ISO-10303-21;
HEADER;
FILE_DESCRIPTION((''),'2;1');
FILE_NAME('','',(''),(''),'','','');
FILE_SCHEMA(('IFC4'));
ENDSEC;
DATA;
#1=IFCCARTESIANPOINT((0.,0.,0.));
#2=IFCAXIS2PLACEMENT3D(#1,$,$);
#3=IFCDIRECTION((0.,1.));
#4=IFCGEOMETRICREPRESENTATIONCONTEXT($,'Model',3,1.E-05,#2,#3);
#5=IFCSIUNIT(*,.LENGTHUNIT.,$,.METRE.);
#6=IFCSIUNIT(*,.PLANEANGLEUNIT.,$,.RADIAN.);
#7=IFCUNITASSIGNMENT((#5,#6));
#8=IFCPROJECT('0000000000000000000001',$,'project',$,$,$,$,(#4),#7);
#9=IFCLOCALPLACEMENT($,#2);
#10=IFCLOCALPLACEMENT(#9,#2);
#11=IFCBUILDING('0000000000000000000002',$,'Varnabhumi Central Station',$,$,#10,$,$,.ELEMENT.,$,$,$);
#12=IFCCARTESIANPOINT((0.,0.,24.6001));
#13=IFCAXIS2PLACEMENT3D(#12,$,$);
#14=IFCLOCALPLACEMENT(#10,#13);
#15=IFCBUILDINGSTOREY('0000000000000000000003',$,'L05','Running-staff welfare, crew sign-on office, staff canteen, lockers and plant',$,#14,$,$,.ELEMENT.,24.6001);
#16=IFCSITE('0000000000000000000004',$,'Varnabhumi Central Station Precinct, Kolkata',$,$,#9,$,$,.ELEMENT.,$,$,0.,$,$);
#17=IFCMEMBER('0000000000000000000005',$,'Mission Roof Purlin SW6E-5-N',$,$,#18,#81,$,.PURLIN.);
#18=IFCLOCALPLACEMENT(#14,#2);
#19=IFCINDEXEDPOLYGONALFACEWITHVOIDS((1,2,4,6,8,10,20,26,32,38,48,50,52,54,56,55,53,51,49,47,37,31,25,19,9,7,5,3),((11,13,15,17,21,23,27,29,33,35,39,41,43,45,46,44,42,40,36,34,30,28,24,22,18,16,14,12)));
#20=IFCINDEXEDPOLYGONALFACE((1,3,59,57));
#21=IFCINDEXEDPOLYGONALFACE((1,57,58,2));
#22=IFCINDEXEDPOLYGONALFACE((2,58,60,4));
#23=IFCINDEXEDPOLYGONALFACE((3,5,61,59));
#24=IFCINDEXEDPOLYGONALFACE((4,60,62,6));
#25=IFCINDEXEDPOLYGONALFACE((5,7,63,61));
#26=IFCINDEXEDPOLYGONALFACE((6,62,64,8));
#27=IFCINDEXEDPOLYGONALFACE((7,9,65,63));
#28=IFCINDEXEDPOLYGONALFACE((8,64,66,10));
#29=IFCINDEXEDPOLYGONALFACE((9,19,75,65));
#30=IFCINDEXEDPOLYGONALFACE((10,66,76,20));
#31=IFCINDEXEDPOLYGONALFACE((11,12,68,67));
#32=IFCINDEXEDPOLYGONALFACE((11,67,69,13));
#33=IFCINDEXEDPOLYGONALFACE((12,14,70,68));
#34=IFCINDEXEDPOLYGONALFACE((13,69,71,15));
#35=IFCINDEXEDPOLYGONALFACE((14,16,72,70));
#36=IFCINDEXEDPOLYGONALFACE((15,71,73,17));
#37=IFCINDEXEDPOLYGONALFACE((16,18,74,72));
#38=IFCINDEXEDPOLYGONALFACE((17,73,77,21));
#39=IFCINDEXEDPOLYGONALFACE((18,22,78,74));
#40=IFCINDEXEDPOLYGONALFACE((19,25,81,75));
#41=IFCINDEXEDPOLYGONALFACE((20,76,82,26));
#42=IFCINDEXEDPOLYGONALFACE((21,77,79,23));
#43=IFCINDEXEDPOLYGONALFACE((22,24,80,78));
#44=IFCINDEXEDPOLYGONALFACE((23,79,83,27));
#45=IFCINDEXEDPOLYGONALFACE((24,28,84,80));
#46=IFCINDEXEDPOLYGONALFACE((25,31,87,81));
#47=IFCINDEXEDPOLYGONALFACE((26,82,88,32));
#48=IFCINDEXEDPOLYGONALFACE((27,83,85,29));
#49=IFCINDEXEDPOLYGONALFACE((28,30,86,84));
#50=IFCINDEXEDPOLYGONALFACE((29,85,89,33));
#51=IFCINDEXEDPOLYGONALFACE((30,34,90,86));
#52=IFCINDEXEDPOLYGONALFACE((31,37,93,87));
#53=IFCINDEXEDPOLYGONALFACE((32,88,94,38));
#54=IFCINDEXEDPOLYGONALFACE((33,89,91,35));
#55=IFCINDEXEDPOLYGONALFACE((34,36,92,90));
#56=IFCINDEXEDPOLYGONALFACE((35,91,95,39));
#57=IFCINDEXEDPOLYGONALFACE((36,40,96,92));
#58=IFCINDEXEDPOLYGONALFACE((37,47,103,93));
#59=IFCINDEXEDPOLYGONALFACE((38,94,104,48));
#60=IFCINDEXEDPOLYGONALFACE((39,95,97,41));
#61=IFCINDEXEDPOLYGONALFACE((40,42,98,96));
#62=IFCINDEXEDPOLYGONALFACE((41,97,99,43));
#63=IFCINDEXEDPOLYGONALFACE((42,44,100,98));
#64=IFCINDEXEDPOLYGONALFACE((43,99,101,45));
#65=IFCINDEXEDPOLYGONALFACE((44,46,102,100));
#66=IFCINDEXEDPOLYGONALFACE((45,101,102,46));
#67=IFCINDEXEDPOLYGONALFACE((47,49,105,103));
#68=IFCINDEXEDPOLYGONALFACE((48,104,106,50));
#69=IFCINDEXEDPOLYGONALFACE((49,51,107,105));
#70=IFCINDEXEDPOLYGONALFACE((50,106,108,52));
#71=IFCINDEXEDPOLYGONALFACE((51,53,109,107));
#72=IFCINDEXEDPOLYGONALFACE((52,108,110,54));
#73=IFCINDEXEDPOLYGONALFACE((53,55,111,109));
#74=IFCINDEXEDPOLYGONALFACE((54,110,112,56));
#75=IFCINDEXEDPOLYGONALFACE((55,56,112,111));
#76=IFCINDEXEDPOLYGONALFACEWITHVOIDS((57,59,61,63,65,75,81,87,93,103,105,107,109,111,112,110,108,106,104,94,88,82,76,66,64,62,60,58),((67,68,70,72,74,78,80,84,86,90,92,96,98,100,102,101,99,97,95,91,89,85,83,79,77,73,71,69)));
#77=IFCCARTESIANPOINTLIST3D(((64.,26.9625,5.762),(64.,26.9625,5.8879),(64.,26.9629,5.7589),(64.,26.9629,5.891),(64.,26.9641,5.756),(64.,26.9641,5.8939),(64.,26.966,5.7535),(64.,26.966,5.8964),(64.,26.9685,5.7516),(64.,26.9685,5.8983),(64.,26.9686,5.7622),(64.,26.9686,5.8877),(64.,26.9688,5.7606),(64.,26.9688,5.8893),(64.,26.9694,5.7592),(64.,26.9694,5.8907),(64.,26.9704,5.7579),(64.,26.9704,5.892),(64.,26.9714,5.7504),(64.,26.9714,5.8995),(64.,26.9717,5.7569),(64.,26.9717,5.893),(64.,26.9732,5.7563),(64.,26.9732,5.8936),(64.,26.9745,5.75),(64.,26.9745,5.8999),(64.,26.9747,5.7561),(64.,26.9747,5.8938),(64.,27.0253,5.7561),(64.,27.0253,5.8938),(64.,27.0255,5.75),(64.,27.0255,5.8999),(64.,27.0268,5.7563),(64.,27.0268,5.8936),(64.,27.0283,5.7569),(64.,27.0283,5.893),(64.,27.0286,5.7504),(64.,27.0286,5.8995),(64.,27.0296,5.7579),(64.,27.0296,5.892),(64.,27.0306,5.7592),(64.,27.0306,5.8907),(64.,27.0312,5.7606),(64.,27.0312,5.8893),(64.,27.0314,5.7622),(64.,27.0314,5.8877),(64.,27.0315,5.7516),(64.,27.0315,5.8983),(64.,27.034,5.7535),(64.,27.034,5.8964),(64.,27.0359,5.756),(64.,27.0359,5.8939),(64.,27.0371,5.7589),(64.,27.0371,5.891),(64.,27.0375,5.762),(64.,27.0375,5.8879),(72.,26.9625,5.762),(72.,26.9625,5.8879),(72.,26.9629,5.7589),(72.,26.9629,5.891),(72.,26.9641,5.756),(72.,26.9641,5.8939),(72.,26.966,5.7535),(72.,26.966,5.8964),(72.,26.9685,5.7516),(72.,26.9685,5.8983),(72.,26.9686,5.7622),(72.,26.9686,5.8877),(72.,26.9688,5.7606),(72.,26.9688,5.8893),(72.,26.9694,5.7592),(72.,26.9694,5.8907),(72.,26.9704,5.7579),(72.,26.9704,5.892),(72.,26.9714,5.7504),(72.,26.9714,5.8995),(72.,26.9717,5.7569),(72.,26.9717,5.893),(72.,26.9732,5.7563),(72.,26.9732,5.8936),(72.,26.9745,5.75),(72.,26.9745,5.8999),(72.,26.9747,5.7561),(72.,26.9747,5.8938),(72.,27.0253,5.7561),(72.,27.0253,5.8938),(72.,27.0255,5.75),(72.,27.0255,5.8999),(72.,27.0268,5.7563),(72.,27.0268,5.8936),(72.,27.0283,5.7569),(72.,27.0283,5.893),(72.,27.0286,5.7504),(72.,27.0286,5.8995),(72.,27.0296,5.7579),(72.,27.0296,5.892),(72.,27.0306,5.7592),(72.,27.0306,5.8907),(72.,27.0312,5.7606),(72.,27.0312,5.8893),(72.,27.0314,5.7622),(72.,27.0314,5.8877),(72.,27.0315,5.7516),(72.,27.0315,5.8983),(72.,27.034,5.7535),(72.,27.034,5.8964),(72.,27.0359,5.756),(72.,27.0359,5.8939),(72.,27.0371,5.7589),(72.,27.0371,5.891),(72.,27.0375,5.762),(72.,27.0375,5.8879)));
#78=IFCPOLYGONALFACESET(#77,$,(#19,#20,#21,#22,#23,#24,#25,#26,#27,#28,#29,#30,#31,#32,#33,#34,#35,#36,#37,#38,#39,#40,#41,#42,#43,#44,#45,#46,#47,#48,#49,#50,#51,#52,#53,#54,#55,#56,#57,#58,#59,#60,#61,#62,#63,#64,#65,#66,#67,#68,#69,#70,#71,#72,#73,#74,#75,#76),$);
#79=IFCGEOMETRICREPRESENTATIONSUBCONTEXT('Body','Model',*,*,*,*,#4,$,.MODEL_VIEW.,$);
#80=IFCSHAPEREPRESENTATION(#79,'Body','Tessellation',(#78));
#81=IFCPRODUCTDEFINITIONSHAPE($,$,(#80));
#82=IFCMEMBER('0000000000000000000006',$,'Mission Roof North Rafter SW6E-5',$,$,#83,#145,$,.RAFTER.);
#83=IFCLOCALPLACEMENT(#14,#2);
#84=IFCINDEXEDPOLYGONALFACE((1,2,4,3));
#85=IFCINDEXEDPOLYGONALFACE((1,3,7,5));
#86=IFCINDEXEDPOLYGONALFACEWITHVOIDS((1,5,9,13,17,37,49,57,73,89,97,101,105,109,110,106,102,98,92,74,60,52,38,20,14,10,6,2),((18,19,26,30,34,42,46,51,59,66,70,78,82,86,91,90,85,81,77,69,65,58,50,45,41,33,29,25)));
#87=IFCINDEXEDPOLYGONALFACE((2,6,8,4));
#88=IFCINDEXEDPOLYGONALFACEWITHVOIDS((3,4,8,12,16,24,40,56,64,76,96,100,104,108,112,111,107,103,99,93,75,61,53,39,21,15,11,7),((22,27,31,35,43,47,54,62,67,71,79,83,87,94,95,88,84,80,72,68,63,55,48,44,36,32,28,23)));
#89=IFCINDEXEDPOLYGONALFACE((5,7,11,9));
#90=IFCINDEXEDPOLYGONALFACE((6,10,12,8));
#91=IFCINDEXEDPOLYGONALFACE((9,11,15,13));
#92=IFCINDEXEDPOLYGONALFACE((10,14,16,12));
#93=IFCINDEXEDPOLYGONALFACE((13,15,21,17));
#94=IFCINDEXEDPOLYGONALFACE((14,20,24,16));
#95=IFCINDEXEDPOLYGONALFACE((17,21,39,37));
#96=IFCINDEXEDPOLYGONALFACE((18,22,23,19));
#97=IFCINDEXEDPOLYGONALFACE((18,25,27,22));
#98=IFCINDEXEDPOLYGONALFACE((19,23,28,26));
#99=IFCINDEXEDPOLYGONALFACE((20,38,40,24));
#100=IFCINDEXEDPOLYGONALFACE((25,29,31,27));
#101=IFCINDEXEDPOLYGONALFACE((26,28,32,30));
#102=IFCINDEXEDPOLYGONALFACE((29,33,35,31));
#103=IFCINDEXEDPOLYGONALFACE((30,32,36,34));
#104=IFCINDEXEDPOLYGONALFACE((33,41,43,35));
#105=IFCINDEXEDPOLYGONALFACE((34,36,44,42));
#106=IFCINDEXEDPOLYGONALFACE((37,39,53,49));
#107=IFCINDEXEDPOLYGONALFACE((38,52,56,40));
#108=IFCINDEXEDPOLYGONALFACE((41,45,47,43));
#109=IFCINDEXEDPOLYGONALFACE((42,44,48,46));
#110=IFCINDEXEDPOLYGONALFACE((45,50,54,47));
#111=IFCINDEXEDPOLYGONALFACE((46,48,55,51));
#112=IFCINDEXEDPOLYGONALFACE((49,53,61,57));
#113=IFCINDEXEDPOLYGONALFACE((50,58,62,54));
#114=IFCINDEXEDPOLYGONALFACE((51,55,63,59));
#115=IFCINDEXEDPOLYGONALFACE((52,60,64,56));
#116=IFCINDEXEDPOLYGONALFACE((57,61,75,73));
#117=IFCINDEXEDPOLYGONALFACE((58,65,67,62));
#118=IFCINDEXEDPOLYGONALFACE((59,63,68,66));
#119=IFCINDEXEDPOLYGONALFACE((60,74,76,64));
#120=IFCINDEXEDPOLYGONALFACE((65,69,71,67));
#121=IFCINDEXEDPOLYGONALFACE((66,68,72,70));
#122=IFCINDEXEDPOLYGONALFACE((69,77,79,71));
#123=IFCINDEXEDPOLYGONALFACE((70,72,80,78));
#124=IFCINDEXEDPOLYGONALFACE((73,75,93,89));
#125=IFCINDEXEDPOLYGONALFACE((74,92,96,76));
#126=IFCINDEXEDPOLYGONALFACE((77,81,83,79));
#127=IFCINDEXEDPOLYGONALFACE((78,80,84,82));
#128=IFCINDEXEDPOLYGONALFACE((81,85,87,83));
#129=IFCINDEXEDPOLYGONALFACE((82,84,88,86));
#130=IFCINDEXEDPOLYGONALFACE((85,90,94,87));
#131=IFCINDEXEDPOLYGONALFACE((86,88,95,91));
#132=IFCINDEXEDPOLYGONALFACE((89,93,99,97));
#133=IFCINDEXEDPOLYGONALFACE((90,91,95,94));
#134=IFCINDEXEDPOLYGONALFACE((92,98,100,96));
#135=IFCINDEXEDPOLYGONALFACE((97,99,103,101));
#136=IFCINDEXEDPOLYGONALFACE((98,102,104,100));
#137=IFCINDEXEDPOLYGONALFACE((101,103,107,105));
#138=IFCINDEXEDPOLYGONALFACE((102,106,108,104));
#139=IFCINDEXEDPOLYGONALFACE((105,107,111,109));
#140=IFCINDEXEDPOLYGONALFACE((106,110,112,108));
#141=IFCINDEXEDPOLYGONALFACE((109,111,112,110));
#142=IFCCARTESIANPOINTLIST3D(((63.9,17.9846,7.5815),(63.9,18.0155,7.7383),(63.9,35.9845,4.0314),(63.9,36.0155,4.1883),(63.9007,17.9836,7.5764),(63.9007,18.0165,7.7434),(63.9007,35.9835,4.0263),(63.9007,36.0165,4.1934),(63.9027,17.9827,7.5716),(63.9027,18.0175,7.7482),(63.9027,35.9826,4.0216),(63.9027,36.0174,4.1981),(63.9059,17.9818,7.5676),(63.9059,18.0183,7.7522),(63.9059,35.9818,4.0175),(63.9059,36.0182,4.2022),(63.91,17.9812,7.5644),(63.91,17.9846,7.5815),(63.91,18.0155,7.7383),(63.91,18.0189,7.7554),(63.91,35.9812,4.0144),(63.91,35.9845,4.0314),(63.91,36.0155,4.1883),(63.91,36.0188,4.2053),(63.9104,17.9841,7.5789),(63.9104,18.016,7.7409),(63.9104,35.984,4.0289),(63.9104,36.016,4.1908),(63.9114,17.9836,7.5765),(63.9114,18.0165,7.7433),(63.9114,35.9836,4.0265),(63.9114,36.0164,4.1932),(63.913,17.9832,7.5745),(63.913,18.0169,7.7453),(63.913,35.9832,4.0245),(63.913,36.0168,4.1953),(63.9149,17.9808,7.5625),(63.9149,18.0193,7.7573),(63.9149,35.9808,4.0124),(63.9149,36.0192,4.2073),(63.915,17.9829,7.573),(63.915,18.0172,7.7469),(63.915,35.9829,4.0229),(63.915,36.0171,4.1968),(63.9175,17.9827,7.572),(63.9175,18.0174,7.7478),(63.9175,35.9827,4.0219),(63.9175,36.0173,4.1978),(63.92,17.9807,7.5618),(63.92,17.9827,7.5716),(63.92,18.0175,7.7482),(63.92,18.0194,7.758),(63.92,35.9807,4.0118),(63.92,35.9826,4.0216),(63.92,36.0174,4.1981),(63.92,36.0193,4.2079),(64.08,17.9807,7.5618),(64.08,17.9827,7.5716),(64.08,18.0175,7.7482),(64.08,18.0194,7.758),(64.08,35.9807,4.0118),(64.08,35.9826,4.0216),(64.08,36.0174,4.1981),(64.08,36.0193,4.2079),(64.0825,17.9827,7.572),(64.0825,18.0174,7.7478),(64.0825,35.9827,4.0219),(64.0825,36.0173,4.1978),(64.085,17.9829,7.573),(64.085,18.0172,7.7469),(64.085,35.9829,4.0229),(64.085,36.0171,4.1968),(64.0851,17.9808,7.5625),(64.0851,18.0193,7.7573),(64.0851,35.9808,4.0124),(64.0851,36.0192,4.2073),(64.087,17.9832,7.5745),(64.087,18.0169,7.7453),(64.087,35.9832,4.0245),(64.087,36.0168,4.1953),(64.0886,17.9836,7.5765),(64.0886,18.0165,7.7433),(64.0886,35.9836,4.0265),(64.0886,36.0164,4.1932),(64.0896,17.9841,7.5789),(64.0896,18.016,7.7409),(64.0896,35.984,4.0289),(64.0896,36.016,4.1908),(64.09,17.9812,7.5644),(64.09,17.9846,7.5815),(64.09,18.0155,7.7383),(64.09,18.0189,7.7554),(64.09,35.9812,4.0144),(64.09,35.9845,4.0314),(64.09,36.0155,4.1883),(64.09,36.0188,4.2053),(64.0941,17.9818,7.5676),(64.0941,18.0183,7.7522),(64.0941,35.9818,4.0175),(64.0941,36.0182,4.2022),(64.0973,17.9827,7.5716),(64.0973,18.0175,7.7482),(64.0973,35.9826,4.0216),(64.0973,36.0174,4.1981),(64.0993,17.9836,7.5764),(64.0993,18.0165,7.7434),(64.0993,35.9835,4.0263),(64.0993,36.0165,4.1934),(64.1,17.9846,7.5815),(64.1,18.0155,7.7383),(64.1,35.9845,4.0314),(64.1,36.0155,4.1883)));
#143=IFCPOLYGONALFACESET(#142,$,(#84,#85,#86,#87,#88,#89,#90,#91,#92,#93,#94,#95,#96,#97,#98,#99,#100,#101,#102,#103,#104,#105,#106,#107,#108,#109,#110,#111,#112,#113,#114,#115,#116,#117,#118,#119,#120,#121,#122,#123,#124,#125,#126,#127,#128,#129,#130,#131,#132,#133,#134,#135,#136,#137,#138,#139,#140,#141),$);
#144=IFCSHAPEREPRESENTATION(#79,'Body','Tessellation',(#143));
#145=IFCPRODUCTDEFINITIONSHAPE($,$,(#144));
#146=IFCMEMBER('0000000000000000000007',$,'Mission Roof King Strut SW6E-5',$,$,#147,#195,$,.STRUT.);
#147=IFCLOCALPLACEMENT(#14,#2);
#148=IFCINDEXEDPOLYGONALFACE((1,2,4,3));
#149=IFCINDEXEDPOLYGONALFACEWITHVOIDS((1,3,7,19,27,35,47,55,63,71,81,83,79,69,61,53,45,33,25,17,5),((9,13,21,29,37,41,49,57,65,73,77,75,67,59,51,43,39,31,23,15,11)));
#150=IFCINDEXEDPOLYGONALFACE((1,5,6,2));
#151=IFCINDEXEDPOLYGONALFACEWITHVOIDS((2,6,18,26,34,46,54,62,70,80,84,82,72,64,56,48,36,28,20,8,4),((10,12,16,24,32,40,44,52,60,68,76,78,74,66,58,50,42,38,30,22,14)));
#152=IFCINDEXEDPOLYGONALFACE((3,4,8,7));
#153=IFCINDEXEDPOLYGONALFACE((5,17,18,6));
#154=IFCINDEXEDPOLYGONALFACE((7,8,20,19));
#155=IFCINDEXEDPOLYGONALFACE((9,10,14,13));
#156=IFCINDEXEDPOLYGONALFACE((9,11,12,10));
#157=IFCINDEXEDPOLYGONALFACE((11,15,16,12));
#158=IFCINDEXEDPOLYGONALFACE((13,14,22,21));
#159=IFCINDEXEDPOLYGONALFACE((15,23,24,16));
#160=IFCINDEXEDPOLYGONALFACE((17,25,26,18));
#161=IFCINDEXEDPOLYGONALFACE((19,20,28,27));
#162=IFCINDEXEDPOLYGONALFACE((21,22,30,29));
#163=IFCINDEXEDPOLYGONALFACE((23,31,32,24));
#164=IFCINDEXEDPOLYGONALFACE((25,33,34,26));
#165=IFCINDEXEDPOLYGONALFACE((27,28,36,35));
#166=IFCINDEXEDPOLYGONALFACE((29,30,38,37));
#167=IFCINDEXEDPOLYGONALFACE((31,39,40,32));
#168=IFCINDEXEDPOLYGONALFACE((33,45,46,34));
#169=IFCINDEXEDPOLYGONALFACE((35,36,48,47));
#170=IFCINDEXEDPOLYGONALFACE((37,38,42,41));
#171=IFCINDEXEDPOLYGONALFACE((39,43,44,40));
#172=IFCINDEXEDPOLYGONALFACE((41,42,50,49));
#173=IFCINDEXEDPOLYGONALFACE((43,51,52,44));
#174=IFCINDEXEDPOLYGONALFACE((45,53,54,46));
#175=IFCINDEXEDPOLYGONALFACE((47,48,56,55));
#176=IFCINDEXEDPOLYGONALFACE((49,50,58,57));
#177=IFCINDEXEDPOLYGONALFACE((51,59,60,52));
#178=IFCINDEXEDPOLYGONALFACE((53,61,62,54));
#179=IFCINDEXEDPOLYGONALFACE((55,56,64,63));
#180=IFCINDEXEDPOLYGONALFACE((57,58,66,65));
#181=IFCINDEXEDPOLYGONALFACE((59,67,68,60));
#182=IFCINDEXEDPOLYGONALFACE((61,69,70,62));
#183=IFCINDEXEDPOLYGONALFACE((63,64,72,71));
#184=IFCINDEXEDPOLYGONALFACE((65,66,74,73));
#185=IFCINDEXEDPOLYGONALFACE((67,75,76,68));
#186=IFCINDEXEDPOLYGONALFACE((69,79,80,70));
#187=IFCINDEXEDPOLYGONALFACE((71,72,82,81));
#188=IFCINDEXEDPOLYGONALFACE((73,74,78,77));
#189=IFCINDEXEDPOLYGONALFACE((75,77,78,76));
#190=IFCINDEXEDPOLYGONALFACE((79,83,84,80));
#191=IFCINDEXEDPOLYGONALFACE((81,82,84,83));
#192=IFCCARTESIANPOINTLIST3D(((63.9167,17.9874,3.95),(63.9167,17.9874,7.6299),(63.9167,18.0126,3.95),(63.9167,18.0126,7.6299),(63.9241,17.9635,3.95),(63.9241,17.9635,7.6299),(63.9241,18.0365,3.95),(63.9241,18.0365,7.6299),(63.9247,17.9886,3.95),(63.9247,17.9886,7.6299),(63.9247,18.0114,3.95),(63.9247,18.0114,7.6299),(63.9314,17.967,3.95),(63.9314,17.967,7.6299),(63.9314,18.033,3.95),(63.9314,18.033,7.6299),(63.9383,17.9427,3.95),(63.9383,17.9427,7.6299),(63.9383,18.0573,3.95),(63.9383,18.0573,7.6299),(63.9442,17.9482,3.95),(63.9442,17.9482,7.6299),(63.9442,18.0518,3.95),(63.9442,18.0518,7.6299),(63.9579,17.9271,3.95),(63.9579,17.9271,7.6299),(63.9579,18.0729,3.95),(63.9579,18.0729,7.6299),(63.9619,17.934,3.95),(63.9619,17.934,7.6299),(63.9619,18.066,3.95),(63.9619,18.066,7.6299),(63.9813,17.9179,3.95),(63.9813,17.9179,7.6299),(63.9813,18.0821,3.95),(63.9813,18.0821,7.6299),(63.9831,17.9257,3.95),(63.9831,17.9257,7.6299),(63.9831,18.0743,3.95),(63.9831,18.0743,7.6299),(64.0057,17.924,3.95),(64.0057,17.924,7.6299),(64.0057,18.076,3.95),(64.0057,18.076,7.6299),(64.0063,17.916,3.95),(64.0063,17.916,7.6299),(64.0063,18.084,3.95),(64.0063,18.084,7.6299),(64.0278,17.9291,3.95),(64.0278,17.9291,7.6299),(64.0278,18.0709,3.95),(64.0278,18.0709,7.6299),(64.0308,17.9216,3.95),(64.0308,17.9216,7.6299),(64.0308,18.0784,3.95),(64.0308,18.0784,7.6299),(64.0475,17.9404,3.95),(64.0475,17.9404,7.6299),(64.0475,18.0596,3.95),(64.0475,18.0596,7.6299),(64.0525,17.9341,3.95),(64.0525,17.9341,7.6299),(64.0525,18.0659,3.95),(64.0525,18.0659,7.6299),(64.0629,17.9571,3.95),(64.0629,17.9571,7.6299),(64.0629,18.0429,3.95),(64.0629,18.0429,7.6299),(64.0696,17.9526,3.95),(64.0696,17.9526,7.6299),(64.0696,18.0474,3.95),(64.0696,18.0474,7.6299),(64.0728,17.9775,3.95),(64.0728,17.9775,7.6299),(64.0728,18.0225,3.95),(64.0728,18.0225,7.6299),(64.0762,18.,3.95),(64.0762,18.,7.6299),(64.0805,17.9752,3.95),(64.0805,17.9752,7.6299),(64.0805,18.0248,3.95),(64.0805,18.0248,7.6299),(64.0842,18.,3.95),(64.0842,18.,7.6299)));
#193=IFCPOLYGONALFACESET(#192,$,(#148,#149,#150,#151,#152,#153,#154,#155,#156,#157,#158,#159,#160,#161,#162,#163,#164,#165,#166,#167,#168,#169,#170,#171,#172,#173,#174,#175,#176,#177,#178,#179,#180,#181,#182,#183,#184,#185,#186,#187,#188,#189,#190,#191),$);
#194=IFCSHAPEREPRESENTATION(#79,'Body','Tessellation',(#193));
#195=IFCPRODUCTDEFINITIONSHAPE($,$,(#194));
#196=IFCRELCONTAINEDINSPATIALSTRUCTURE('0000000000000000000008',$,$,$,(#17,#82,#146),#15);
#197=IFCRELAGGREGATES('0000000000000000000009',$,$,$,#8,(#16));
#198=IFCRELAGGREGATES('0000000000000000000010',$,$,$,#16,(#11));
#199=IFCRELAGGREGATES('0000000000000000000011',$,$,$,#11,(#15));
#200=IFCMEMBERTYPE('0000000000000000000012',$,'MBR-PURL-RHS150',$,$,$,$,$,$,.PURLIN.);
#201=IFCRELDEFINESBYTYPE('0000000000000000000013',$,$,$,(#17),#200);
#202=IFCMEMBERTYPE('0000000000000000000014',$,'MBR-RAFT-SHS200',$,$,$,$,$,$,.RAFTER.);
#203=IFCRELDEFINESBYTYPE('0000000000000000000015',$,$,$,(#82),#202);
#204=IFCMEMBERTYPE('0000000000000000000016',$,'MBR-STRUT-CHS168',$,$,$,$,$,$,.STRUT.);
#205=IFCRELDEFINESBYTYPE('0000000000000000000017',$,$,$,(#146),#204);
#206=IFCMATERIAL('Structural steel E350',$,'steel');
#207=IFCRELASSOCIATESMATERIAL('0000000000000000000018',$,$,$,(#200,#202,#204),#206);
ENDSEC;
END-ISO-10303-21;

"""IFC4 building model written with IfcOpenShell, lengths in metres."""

from ifc_helpers import new_model, si_unit, direction, frame, origin, origin_2d, place, context, subcontext, project, spatial, hollow_rectangle, hollow_circle, extrude, material, material_profile, profile_set, type_object, element, save


model = new_model("IFC4")

# Units and contexts
model_context = context("Model", 3, precision=1e-05, world=origin(), true_north=direction((0.0, 1.0)))
body_context = subcontext(model_context, "Body", "Model", "MODEL_VIEW")
ifc_project = project(units=[si_unit("LENGTHUNIT", "METRE"), si_unit("PLANEANGLEUNIT", "RADIAN")], contexts=[model_context])

# Site, building, storey
site_placement = place(None, origin())
site = spatial("IfcSite", under=ifc_project, at=site_placement, Name="Varnabhumi Central Station Precinct, Kolkata", CompositionType="ELEMENT", RefElevation=0.0)
building_placement = place(site_placement, origin())
building = spatial("IfcBuilding", under=site, at=building_placement, Name="Varnabhumi Central Station", CompositionType="ELEMENT")
storey_placement = place(building_placement, frame((0.0, 0.0, 24.6001)))
storey = spatial("IfcBuildingStorey", under=building, at=storey_placement, Name="L05", Description="Running-staff welfare, crew sign-on office, staff canteen, lockers and plant", CompositionType="ELEMENT", Elevation=24.6001)

# Shared definitions
ifc_material_1 = material(Name="Structural steel E350", Category="steel")

# Members
ifc_material_profile_1 = material_profile(ifc_material_1, hollow_rectangle(XDim=0.075, YDim=0.1499, WallThickness=0.0061, InnerFilletRadius=0.0061, OuterFilletRadius=0.012, at=origin_2d()), Name="Structural steel E350", Category="steel")
ifc_profile_set_1 = profile_set([ifc_material_profile_1], Name="Structural steel E350")
member_type_1 = type_object("IfcMemberType", Name="MBR-PURL-RHS150", PredefinedType="PURLIN", material=ifc_profile_set_1)
member_1_placement = place(storey_placement, frame((64.0, 27.0, 5.825), z_axis=(1.0, 0.0, 0.0), x_axis=(0.0, 1.0, 0.0)))
element("IfcMember", 1, at=member_1_placement, inside=storey, type_object=member_type_1, Name="Mission Roof Purlin SW6E-5-N", PredefinedType="PURLIN", context=body_context, shape_type="SweptSolid", body=[
    extrude(hollow_rectangle(XDim=0.075, YDim=0.1499, WallThickness=0.0061, InnerFilletRadius=0.0061, OuterFilletRadius=0.012, at=origin_2d()), origin(), (0.0, 0.0, 1.0), 8.0),
])
ifc_material_profile_2 = material_profile(ifc_material_1, hollow_rectangle(XDim=0.2, YDim=0.2, WallThickness=0.01, InnerFilletRadius=0.01, OuterFilletRadius=0.02, at=origin_2d()), Name="Structural steel E350", Category="steel")
ifc_profile_set_2 = profile_set([ifc_material_profile_2], Name="Structural steel E350")
member_type_2 = type_object("IfcMemberType", Name="MBR-RAFT-SHS200", PredefinedType="RAFTER", material=ifc_profile_set_2)
member_2_placement = place(storey_placement, frame((64.0, 36.0, 4.1099), z_axis=(0.0, -0.981101, 0.193498), x_axis=(1.0, 0.0, 0.0)))
element("IfcMember", 2, at=member_2_placement, inside=storey, type_object=member_type_2, Name="Mission Roof North Rafter SW6E-5", PredefinedType="RAFTER", context=body_context, shape_type="SweptSolid", body=[
    extrude(hollow_rectangle(XDim=0.2, YDim=0.2, WallThickness=0.01, InnerFilletRadius=0.01, OuterFilletRadius=0.02, at=origin_2d()), origin(), (0.0, 0.0, 1.0), 18.3467),
])
ifc_material_profile_3 = material_profile(ifc_material_1, hollow_circle(Radius=0.0842, WallThickness=0.0081, at=origin_2d()), Name="Structural steel E350", Category="steel")
ifc_profile_set_3 = profile_set([ifc_material_profile_3], Name="Structural steel E350")
member_type_3 = type_object("IfcMemberType", Name="MBR-STRUT-CHS168", PredefinedType="STRUT", material=ifc_profile_set_3)
member_3_placement = place(storey_placement, frame((64.0, 18.0, 3.95), z_axis=(0.0, 0.0, 1.0), x_axis=(1.0, 0.0, 0.0)))
element("IfcMember", 3, at=member_3_placement, inside=storey, type_object=member_type_3, Name="Mission Roof King Strut SW6E-5", PredefinedType="STRUT", context=body_context, shape_type="SweptSolid", body=[
    extrude(hollow_circle(Radius=0.0842, WallThickness=0.0081, at=origin_2d()), origin(), (0.0, 0.0, 1.0), 3.6799),
])

save(model, "model.ifc")
